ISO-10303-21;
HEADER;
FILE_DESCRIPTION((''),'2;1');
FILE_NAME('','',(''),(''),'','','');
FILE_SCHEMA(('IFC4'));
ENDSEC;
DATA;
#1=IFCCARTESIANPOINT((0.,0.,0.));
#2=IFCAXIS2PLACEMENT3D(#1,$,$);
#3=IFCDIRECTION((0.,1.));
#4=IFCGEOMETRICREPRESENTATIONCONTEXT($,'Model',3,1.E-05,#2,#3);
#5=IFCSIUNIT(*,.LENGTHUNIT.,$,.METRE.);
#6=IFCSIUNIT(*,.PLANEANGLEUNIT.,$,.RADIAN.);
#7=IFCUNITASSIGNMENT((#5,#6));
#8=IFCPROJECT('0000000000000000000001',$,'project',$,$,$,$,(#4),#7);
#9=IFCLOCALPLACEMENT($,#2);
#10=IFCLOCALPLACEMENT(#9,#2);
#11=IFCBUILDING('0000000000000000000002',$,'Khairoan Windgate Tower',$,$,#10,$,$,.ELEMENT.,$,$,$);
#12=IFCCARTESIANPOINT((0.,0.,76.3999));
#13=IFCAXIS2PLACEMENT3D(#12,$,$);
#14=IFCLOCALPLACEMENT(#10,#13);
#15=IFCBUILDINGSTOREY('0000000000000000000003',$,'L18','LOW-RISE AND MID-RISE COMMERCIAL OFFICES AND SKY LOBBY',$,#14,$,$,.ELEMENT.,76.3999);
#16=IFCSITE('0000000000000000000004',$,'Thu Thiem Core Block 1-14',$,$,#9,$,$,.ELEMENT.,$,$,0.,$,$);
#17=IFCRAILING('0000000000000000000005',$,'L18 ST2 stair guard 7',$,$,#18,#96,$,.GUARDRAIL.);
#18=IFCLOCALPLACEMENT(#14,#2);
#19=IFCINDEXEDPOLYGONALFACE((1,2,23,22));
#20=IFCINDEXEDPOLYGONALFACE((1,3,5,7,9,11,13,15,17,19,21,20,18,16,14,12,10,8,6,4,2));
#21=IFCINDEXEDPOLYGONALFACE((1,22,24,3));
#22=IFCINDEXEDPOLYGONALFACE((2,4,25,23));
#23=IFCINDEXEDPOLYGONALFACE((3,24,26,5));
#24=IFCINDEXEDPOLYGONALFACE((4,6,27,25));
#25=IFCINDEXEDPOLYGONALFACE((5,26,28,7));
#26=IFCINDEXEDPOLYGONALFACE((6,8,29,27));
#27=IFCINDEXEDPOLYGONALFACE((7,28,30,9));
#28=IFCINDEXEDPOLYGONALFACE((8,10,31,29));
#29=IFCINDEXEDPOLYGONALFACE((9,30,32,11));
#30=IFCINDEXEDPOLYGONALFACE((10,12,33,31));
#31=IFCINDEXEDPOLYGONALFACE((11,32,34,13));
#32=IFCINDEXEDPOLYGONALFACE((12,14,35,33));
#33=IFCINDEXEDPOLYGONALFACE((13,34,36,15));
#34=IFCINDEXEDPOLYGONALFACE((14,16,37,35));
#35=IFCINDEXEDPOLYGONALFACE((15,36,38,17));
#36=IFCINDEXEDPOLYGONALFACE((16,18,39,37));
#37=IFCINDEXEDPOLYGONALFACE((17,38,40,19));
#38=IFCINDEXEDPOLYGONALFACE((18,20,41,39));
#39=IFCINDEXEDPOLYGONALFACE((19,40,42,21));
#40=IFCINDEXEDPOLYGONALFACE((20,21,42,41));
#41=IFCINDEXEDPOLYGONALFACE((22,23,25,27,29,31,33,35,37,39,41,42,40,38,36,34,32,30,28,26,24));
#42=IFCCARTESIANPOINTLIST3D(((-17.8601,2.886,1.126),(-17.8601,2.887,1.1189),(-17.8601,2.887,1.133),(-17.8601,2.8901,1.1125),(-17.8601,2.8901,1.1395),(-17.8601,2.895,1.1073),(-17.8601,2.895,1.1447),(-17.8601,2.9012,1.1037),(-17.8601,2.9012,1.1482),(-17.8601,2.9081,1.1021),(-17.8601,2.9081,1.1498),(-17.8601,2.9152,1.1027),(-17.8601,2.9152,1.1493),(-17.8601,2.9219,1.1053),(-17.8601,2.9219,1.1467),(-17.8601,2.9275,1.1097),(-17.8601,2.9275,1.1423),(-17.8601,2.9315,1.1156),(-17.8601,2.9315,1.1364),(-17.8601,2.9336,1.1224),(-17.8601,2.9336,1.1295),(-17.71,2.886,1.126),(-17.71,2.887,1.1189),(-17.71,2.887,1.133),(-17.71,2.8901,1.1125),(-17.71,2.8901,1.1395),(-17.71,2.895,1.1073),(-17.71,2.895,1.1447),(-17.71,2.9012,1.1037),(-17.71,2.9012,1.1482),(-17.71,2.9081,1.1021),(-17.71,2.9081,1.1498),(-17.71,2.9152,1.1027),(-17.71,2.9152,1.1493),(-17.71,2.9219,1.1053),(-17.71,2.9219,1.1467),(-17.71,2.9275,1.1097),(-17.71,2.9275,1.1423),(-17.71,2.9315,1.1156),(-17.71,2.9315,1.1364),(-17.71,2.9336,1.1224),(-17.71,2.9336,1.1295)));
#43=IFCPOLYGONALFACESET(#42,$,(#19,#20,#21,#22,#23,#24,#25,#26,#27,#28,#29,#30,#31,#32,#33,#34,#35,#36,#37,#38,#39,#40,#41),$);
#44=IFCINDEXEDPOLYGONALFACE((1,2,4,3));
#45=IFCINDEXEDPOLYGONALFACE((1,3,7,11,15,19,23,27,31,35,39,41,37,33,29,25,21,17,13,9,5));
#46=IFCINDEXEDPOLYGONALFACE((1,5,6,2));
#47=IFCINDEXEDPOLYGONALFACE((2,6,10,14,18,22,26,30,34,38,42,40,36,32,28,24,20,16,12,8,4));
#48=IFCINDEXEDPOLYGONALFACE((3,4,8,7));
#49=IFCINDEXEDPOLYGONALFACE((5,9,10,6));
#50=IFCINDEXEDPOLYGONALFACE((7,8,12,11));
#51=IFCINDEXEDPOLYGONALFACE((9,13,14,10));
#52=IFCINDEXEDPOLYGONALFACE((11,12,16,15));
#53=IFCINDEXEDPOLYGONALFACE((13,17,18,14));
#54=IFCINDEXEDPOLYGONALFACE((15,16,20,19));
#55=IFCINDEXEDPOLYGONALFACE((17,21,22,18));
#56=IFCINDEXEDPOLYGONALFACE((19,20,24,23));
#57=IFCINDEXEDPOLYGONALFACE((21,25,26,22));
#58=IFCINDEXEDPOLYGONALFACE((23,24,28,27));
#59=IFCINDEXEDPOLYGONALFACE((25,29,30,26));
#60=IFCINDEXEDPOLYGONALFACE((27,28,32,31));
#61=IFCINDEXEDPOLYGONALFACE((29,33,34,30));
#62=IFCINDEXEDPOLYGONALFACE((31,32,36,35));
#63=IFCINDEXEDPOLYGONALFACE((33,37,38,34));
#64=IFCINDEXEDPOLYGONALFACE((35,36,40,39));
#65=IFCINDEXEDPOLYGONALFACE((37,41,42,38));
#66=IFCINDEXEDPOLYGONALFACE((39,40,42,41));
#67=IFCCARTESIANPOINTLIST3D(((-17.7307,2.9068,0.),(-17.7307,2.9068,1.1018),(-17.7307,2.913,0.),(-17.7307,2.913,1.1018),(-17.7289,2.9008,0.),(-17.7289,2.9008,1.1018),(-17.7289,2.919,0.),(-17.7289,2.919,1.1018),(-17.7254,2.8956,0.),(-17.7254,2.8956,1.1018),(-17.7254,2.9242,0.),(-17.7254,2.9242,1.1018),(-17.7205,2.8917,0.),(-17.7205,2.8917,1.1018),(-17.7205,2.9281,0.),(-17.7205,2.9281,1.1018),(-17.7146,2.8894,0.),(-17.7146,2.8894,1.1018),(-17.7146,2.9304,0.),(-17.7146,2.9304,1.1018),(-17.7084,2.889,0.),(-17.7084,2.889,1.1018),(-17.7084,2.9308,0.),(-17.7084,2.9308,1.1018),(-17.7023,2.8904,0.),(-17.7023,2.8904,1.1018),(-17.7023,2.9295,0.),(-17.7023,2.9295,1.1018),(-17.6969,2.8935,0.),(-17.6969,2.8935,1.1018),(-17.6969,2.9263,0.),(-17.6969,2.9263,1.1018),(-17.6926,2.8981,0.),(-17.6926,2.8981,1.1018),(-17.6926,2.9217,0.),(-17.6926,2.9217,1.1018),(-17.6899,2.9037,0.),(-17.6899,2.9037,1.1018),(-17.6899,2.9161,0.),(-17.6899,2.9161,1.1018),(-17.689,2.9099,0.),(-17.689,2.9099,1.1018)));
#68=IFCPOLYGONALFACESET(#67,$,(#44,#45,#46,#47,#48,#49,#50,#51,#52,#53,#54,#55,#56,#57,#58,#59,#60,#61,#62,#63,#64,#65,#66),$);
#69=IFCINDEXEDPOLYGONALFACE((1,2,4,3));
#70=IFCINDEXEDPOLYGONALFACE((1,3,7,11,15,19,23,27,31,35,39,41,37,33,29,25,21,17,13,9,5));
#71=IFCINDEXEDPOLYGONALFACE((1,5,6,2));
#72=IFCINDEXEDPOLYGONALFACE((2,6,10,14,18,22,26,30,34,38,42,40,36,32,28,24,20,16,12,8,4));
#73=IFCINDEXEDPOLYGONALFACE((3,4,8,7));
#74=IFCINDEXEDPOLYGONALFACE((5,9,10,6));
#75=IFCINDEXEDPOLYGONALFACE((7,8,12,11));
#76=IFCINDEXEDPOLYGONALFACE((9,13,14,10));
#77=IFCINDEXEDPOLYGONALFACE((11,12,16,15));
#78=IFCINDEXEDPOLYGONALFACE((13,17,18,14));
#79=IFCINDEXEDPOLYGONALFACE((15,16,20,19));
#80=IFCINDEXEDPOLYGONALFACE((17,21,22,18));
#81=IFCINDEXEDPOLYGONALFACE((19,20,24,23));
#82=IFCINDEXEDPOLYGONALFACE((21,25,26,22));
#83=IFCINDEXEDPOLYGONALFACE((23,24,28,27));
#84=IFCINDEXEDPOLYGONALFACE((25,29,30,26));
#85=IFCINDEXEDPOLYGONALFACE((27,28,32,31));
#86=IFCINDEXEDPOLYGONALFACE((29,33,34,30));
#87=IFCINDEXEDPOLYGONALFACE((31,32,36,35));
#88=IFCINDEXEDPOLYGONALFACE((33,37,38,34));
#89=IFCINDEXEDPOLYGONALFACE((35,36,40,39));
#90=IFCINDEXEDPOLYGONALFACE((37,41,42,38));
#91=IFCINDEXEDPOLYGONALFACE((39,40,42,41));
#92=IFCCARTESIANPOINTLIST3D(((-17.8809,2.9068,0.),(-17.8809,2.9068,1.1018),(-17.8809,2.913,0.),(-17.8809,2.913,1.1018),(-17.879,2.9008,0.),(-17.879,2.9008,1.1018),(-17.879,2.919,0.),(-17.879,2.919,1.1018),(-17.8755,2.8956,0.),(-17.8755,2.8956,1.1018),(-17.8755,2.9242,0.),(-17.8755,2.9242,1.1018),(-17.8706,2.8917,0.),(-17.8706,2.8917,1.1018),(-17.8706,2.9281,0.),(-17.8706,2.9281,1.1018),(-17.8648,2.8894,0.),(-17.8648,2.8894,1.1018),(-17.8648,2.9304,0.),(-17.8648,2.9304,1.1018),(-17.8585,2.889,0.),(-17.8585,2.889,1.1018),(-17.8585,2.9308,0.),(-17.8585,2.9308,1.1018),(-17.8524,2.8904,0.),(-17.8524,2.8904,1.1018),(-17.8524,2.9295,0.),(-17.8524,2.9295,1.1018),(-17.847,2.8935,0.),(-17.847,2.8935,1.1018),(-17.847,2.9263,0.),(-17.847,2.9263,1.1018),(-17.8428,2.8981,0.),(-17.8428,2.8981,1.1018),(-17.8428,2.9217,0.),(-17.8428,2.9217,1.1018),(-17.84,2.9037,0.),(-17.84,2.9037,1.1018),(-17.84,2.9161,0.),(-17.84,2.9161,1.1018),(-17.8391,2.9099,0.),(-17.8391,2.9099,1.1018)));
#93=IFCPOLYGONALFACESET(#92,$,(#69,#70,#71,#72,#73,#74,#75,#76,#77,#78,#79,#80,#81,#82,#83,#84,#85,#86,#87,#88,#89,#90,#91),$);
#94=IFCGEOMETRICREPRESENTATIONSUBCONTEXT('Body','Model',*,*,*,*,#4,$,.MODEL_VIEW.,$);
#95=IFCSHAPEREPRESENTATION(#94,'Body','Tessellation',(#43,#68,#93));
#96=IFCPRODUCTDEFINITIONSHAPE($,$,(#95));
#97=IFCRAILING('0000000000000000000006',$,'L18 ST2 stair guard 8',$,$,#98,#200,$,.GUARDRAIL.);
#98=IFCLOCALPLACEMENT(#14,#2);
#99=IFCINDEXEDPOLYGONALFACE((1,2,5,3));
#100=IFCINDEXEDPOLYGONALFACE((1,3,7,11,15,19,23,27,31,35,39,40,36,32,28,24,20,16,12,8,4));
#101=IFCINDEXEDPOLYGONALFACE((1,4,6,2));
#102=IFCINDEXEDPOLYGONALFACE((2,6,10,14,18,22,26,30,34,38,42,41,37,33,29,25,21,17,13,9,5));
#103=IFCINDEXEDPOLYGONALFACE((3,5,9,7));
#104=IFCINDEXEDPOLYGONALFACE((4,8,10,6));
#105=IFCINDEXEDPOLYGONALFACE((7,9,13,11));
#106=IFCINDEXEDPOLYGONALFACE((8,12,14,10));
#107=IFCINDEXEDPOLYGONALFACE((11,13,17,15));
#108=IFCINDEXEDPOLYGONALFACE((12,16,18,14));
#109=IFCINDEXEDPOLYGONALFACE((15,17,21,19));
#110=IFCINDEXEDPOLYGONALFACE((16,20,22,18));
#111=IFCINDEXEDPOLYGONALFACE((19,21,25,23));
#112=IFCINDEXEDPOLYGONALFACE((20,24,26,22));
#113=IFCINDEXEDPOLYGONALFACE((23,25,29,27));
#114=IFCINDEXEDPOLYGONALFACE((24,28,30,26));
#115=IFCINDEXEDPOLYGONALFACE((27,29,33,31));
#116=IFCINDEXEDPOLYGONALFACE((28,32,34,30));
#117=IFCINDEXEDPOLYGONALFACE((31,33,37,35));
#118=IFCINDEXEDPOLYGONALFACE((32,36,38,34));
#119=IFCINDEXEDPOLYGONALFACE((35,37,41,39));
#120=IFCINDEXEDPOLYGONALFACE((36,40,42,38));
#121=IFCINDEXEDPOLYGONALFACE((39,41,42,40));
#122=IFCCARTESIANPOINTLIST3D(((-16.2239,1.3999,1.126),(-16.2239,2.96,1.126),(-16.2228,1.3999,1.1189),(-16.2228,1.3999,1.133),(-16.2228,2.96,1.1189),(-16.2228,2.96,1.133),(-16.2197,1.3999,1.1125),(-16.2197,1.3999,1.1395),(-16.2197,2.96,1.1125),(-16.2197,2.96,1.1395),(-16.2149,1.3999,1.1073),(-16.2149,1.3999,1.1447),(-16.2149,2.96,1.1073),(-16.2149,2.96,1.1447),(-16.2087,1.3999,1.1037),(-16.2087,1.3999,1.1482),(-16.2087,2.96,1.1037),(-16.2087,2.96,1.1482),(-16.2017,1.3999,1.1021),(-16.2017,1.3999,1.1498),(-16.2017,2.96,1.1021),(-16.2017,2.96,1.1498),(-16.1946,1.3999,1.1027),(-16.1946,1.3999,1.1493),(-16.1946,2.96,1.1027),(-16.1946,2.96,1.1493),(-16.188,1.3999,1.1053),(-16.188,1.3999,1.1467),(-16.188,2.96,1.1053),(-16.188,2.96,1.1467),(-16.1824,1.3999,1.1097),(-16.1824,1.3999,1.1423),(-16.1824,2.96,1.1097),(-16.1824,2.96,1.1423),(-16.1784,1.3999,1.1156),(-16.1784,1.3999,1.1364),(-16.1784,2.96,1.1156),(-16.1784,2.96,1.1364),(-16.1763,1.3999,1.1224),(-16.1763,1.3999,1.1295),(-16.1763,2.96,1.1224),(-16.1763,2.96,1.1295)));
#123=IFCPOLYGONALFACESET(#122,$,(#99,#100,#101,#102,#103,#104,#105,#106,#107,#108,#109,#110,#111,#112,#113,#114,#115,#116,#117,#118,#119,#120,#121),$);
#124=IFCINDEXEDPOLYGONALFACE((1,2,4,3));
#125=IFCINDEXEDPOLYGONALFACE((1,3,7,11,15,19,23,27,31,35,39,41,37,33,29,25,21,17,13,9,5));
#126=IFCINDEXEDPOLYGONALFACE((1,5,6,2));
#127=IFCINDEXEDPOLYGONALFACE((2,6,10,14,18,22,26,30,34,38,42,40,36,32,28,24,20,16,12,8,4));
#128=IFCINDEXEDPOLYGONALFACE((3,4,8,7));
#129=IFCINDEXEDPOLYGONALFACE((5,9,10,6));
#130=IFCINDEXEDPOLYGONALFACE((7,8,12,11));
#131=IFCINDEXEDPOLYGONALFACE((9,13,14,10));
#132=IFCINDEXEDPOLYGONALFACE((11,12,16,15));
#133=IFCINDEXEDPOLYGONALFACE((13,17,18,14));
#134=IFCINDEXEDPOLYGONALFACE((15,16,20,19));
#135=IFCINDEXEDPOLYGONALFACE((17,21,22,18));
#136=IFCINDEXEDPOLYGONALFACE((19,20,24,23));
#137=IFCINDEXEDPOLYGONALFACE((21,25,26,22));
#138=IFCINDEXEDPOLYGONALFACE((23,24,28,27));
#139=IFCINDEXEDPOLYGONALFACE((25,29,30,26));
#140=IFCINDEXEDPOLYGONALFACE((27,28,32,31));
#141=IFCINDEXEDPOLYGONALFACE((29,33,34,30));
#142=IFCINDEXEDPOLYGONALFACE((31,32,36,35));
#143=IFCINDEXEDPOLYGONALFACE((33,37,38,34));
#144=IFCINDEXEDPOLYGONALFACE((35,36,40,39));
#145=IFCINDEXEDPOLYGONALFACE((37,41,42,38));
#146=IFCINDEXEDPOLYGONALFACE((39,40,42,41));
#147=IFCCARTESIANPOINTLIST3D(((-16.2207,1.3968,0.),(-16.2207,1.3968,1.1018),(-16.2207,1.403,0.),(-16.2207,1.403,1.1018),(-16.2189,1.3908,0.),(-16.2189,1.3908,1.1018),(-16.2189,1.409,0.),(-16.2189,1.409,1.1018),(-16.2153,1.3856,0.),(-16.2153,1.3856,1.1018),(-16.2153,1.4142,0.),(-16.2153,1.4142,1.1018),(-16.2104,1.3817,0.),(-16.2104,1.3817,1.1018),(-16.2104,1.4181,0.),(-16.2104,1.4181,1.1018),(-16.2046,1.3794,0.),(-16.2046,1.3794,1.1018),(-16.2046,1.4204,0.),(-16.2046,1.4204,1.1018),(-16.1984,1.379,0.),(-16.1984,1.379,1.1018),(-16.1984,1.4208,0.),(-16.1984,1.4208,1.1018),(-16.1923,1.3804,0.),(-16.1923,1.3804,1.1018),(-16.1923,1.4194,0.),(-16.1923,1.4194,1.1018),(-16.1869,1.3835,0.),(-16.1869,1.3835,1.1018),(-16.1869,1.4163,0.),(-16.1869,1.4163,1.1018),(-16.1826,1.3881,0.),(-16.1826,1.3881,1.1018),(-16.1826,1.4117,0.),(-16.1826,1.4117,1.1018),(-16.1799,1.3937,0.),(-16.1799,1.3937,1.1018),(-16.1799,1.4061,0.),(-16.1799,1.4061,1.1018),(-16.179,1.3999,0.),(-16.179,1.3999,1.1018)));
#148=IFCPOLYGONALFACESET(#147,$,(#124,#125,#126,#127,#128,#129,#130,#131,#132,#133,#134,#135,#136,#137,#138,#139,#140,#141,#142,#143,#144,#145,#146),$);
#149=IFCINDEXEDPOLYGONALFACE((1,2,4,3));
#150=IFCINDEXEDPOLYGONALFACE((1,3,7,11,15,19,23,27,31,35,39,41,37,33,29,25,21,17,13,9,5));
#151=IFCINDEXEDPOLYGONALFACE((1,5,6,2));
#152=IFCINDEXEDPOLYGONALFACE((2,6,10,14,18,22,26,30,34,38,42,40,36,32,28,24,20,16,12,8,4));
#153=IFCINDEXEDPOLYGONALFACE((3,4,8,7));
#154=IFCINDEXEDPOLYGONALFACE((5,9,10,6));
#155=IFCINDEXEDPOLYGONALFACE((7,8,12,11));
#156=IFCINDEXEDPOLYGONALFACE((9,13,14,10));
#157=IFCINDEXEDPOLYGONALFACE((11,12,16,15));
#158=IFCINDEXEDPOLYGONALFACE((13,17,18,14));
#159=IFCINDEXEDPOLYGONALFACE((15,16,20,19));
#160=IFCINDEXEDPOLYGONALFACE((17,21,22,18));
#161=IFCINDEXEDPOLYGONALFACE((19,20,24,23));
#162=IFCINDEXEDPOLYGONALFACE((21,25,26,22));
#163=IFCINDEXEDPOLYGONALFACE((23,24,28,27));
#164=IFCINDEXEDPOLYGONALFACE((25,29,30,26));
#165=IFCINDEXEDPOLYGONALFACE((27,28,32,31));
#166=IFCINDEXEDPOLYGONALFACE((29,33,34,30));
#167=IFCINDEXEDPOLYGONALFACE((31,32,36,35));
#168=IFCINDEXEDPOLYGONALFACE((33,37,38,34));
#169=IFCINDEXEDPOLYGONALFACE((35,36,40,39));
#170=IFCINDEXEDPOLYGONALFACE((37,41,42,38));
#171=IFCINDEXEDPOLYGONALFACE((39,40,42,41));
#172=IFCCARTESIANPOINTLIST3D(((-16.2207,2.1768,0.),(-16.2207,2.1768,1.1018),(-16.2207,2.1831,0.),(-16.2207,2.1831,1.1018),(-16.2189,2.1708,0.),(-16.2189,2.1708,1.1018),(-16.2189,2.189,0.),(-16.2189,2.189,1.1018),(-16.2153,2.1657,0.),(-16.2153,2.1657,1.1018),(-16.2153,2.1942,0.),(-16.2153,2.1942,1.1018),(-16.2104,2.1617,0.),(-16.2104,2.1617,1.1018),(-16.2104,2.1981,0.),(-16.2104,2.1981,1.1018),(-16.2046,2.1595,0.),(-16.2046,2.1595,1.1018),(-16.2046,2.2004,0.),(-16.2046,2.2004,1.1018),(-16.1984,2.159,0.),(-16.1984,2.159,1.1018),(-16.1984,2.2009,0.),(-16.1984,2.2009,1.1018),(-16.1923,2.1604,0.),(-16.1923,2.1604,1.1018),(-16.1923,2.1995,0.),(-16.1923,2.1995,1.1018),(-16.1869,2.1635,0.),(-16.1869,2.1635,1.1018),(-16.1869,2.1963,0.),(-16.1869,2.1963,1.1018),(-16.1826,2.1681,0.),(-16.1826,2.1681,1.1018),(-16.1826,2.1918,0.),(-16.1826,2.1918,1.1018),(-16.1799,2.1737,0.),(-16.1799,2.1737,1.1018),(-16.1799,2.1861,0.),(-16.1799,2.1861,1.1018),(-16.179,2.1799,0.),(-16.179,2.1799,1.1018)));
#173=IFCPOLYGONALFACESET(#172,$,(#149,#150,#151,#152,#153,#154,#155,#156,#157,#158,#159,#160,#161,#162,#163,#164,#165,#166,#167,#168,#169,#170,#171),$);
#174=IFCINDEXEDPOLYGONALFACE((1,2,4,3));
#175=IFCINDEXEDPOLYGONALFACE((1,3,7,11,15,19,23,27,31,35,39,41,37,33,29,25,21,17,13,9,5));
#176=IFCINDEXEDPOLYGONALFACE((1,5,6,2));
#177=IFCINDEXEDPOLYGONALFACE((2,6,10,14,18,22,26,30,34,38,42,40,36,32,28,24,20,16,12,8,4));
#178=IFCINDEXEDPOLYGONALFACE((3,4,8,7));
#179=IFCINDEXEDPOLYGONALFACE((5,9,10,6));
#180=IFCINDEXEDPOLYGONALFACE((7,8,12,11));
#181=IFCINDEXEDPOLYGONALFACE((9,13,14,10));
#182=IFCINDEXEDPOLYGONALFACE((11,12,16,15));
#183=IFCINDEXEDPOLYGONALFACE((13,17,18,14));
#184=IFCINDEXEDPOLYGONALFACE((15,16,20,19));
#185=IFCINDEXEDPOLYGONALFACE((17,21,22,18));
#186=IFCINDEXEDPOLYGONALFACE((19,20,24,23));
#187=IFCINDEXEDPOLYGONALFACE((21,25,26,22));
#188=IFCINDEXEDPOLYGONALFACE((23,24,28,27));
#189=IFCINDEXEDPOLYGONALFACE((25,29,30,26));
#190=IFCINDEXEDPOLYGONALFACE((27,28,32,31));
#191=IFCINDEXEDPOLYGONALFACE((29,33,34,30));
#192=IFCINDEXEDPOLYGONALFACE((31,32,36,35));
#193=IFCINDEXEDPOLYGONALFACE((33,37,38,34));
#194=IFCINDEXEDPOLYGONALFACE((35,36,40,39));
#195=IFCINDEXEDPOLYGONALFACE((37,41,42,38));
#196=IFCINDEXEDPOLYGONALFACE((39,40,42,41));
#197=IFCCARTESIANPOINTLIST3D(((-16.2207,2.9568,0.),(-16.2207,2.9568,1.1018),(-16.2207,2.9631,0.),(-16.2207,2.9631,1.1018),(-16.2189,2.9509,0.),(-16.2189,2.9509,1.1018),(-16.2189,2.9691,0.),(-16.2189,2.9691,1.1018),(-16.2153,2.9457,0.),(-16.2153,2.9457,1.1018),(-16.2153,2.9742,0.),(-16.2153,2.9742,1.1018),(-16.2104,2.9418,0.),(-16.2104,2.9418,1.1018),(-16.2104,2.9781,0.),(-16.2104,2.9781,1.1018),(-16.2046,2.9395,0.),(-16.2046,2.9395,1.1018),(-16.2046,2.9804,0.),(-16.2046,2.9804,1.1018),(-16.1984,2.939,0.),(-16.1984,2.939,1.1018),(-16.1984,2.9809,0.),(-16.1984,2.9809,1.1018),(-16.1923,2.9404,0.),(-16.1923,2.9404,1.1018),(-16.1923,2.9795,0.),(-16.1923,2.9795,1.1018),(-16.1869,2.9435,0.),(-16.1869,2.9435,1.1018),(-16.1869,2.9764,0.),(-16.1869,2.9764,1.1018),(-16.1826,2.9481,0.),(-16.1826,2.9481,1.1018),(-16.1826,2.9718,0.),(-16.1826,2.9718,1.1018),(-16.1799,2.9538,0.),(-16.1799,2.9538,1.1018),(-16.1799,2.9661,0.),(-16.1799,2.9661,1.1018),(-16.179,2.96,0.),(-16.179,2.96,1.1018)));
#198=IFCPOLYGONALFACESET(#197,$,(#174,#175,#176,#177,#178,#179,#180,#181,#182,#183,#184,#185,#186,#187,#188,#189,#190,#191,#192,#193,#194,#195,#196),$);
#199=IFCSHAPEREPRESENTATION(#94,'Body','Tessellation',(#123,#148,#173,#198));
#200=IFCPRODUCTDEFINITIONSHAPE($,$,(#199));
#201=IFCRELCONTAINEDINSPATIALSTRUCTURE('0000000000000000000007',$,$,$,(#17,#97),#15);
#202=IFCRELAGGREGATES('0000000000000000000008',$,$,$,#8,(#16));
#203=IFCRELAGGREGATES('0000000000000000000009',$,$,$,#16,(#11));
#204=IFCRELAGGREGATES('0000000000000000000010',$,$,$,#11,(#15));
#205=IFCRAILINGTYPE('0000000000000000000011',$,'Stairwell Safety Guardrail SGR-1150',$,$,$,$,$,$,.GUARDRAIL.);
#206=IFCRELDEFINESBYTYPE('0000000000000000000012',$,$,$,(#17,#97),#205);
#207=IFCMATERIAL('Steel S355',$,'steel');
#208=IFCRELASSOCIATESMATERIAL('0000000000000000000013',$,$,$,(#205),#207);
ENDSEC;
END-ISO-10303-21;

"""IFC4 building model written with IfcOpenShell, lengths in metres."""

from ifc_helpers import new_model, si_unit, direction, frame, origin, origin_2d, place, context, subcontext, project, spatial, circle, extrude, material, type_object, element, save


model = new_model("IFC4")

# Units and contexts
model_context = context("Model", 3, precision=1e-05, world=origin(), true_north=direction((0.0, 1.0)))
body_context = subcontext(model_context, "Body", "Model", "MODEL_VIEW")
ifc_project = project(units=[si_unit("LENGTHUNIT", "METRE"), si_unit("PLANEANGLEUNIT", "RADIAN")], contexts=[model_context])

# Site, building, storey
site_placement = place(None, origin())
site = spatial("IfcSite", under=ifc_project, at=site_placement, Name="Thu Thiem Core Block 1-14", CompositionType="ELEMENT", RefElevation=0.0)
building_placement = place(site_placement, origin())
building = spatial("IfcBuilding", under=site, at=building_placement, Name="Khairoan Windgate Tower", CompositionType="ELEMENT")
storey_placement = place(building_placement, frame((0.0, 0.0, 76.3999)))
storey = spatial("IfcBuildingStorey", under=building, at=storey_placement, Name="L18", Description="LOW-RISE AND MID-RISE COMMERCIAL OFFICES AND SKY LOBBY", CompositionType="ELEMENT", Elevation=76.3999)

# Railings
ifc_material_1 = material(Name="Steel S355", Category="steel")
railing_type_1 = type_object("IfcRailingType", Name="Stairwell Safety Guardrail SGR-1150", PredefinedType="GUARDRAIL", material=ifc_material_1)
railing_1_placement = place(storey_placement, frame((-17.71, 2.9099, 0.0)))
element("IfcRailing", 1, at=railing_1_placement, inside=storey, type_object=railing_type_1, Name="L18 ST2 stair guard 7", PredefinedType="GUARDRAIL", context=body_context, shape_type="SweptSolid", body=[
    extrude(circle(Radius=0.0239, at=origin_2d()), frame((0.0, 0.0, 1.126), z_axis=(-1.0, 0.0, 0.0), x_axis=(0.0, -1.0, 0.0)), (0.0, 0.0, 1.0), 0.1501),
    extrude(circle(Radius=0.021, at=origin_2d()), origin(), (0.0, 0.0, 1.0), 1.1018),
    extrude(circle(Radius=0.021, at=origin_2d()), frame((-0.1501, 0.0, 0.0)), (0.0, 0.0, 1.0), 1.1018),
])
for number, where, name in (
    (2, (-16.2, 1.3999, 0.0), "L18 ST2 stair guard 8"),
):
    element("IfcRailing", number, at=place(storey_placement, frame(where)), inside=storey, type_object=railing_type_1, Name=name, PredefinedType="GUARDRAIL", context=body_context, shape_type="SweptSolid", body=[
        extrude(circle(Radius=0.0239, at=origin_2d()), frame((0.0, 0.0, 1.126), z_axis=(0.0, 1.0, 0.0), x_axis=(-1.0, 0.0, 0.0)), (0.0, 0.0, 1.0), 1.5601),
        extrude(circle(Radius=0.021, at=origin_2d()), origin(), (0.0, 0.0, 1.0), 1.1018),
        extrude(circle(Radius=0.021, at=origin_2d()), frame((0.0, 0.78, 0.0)), (0.0, 0.0, 1.0), 1.1018),
        extrude(circle(Radius=0.021, at=origin_2d()), frame((0.0, 1.5601, 0.0)), (0.0, 0.0, 1.0), 1.1018),
    ])

save(model, "model.ifc")
